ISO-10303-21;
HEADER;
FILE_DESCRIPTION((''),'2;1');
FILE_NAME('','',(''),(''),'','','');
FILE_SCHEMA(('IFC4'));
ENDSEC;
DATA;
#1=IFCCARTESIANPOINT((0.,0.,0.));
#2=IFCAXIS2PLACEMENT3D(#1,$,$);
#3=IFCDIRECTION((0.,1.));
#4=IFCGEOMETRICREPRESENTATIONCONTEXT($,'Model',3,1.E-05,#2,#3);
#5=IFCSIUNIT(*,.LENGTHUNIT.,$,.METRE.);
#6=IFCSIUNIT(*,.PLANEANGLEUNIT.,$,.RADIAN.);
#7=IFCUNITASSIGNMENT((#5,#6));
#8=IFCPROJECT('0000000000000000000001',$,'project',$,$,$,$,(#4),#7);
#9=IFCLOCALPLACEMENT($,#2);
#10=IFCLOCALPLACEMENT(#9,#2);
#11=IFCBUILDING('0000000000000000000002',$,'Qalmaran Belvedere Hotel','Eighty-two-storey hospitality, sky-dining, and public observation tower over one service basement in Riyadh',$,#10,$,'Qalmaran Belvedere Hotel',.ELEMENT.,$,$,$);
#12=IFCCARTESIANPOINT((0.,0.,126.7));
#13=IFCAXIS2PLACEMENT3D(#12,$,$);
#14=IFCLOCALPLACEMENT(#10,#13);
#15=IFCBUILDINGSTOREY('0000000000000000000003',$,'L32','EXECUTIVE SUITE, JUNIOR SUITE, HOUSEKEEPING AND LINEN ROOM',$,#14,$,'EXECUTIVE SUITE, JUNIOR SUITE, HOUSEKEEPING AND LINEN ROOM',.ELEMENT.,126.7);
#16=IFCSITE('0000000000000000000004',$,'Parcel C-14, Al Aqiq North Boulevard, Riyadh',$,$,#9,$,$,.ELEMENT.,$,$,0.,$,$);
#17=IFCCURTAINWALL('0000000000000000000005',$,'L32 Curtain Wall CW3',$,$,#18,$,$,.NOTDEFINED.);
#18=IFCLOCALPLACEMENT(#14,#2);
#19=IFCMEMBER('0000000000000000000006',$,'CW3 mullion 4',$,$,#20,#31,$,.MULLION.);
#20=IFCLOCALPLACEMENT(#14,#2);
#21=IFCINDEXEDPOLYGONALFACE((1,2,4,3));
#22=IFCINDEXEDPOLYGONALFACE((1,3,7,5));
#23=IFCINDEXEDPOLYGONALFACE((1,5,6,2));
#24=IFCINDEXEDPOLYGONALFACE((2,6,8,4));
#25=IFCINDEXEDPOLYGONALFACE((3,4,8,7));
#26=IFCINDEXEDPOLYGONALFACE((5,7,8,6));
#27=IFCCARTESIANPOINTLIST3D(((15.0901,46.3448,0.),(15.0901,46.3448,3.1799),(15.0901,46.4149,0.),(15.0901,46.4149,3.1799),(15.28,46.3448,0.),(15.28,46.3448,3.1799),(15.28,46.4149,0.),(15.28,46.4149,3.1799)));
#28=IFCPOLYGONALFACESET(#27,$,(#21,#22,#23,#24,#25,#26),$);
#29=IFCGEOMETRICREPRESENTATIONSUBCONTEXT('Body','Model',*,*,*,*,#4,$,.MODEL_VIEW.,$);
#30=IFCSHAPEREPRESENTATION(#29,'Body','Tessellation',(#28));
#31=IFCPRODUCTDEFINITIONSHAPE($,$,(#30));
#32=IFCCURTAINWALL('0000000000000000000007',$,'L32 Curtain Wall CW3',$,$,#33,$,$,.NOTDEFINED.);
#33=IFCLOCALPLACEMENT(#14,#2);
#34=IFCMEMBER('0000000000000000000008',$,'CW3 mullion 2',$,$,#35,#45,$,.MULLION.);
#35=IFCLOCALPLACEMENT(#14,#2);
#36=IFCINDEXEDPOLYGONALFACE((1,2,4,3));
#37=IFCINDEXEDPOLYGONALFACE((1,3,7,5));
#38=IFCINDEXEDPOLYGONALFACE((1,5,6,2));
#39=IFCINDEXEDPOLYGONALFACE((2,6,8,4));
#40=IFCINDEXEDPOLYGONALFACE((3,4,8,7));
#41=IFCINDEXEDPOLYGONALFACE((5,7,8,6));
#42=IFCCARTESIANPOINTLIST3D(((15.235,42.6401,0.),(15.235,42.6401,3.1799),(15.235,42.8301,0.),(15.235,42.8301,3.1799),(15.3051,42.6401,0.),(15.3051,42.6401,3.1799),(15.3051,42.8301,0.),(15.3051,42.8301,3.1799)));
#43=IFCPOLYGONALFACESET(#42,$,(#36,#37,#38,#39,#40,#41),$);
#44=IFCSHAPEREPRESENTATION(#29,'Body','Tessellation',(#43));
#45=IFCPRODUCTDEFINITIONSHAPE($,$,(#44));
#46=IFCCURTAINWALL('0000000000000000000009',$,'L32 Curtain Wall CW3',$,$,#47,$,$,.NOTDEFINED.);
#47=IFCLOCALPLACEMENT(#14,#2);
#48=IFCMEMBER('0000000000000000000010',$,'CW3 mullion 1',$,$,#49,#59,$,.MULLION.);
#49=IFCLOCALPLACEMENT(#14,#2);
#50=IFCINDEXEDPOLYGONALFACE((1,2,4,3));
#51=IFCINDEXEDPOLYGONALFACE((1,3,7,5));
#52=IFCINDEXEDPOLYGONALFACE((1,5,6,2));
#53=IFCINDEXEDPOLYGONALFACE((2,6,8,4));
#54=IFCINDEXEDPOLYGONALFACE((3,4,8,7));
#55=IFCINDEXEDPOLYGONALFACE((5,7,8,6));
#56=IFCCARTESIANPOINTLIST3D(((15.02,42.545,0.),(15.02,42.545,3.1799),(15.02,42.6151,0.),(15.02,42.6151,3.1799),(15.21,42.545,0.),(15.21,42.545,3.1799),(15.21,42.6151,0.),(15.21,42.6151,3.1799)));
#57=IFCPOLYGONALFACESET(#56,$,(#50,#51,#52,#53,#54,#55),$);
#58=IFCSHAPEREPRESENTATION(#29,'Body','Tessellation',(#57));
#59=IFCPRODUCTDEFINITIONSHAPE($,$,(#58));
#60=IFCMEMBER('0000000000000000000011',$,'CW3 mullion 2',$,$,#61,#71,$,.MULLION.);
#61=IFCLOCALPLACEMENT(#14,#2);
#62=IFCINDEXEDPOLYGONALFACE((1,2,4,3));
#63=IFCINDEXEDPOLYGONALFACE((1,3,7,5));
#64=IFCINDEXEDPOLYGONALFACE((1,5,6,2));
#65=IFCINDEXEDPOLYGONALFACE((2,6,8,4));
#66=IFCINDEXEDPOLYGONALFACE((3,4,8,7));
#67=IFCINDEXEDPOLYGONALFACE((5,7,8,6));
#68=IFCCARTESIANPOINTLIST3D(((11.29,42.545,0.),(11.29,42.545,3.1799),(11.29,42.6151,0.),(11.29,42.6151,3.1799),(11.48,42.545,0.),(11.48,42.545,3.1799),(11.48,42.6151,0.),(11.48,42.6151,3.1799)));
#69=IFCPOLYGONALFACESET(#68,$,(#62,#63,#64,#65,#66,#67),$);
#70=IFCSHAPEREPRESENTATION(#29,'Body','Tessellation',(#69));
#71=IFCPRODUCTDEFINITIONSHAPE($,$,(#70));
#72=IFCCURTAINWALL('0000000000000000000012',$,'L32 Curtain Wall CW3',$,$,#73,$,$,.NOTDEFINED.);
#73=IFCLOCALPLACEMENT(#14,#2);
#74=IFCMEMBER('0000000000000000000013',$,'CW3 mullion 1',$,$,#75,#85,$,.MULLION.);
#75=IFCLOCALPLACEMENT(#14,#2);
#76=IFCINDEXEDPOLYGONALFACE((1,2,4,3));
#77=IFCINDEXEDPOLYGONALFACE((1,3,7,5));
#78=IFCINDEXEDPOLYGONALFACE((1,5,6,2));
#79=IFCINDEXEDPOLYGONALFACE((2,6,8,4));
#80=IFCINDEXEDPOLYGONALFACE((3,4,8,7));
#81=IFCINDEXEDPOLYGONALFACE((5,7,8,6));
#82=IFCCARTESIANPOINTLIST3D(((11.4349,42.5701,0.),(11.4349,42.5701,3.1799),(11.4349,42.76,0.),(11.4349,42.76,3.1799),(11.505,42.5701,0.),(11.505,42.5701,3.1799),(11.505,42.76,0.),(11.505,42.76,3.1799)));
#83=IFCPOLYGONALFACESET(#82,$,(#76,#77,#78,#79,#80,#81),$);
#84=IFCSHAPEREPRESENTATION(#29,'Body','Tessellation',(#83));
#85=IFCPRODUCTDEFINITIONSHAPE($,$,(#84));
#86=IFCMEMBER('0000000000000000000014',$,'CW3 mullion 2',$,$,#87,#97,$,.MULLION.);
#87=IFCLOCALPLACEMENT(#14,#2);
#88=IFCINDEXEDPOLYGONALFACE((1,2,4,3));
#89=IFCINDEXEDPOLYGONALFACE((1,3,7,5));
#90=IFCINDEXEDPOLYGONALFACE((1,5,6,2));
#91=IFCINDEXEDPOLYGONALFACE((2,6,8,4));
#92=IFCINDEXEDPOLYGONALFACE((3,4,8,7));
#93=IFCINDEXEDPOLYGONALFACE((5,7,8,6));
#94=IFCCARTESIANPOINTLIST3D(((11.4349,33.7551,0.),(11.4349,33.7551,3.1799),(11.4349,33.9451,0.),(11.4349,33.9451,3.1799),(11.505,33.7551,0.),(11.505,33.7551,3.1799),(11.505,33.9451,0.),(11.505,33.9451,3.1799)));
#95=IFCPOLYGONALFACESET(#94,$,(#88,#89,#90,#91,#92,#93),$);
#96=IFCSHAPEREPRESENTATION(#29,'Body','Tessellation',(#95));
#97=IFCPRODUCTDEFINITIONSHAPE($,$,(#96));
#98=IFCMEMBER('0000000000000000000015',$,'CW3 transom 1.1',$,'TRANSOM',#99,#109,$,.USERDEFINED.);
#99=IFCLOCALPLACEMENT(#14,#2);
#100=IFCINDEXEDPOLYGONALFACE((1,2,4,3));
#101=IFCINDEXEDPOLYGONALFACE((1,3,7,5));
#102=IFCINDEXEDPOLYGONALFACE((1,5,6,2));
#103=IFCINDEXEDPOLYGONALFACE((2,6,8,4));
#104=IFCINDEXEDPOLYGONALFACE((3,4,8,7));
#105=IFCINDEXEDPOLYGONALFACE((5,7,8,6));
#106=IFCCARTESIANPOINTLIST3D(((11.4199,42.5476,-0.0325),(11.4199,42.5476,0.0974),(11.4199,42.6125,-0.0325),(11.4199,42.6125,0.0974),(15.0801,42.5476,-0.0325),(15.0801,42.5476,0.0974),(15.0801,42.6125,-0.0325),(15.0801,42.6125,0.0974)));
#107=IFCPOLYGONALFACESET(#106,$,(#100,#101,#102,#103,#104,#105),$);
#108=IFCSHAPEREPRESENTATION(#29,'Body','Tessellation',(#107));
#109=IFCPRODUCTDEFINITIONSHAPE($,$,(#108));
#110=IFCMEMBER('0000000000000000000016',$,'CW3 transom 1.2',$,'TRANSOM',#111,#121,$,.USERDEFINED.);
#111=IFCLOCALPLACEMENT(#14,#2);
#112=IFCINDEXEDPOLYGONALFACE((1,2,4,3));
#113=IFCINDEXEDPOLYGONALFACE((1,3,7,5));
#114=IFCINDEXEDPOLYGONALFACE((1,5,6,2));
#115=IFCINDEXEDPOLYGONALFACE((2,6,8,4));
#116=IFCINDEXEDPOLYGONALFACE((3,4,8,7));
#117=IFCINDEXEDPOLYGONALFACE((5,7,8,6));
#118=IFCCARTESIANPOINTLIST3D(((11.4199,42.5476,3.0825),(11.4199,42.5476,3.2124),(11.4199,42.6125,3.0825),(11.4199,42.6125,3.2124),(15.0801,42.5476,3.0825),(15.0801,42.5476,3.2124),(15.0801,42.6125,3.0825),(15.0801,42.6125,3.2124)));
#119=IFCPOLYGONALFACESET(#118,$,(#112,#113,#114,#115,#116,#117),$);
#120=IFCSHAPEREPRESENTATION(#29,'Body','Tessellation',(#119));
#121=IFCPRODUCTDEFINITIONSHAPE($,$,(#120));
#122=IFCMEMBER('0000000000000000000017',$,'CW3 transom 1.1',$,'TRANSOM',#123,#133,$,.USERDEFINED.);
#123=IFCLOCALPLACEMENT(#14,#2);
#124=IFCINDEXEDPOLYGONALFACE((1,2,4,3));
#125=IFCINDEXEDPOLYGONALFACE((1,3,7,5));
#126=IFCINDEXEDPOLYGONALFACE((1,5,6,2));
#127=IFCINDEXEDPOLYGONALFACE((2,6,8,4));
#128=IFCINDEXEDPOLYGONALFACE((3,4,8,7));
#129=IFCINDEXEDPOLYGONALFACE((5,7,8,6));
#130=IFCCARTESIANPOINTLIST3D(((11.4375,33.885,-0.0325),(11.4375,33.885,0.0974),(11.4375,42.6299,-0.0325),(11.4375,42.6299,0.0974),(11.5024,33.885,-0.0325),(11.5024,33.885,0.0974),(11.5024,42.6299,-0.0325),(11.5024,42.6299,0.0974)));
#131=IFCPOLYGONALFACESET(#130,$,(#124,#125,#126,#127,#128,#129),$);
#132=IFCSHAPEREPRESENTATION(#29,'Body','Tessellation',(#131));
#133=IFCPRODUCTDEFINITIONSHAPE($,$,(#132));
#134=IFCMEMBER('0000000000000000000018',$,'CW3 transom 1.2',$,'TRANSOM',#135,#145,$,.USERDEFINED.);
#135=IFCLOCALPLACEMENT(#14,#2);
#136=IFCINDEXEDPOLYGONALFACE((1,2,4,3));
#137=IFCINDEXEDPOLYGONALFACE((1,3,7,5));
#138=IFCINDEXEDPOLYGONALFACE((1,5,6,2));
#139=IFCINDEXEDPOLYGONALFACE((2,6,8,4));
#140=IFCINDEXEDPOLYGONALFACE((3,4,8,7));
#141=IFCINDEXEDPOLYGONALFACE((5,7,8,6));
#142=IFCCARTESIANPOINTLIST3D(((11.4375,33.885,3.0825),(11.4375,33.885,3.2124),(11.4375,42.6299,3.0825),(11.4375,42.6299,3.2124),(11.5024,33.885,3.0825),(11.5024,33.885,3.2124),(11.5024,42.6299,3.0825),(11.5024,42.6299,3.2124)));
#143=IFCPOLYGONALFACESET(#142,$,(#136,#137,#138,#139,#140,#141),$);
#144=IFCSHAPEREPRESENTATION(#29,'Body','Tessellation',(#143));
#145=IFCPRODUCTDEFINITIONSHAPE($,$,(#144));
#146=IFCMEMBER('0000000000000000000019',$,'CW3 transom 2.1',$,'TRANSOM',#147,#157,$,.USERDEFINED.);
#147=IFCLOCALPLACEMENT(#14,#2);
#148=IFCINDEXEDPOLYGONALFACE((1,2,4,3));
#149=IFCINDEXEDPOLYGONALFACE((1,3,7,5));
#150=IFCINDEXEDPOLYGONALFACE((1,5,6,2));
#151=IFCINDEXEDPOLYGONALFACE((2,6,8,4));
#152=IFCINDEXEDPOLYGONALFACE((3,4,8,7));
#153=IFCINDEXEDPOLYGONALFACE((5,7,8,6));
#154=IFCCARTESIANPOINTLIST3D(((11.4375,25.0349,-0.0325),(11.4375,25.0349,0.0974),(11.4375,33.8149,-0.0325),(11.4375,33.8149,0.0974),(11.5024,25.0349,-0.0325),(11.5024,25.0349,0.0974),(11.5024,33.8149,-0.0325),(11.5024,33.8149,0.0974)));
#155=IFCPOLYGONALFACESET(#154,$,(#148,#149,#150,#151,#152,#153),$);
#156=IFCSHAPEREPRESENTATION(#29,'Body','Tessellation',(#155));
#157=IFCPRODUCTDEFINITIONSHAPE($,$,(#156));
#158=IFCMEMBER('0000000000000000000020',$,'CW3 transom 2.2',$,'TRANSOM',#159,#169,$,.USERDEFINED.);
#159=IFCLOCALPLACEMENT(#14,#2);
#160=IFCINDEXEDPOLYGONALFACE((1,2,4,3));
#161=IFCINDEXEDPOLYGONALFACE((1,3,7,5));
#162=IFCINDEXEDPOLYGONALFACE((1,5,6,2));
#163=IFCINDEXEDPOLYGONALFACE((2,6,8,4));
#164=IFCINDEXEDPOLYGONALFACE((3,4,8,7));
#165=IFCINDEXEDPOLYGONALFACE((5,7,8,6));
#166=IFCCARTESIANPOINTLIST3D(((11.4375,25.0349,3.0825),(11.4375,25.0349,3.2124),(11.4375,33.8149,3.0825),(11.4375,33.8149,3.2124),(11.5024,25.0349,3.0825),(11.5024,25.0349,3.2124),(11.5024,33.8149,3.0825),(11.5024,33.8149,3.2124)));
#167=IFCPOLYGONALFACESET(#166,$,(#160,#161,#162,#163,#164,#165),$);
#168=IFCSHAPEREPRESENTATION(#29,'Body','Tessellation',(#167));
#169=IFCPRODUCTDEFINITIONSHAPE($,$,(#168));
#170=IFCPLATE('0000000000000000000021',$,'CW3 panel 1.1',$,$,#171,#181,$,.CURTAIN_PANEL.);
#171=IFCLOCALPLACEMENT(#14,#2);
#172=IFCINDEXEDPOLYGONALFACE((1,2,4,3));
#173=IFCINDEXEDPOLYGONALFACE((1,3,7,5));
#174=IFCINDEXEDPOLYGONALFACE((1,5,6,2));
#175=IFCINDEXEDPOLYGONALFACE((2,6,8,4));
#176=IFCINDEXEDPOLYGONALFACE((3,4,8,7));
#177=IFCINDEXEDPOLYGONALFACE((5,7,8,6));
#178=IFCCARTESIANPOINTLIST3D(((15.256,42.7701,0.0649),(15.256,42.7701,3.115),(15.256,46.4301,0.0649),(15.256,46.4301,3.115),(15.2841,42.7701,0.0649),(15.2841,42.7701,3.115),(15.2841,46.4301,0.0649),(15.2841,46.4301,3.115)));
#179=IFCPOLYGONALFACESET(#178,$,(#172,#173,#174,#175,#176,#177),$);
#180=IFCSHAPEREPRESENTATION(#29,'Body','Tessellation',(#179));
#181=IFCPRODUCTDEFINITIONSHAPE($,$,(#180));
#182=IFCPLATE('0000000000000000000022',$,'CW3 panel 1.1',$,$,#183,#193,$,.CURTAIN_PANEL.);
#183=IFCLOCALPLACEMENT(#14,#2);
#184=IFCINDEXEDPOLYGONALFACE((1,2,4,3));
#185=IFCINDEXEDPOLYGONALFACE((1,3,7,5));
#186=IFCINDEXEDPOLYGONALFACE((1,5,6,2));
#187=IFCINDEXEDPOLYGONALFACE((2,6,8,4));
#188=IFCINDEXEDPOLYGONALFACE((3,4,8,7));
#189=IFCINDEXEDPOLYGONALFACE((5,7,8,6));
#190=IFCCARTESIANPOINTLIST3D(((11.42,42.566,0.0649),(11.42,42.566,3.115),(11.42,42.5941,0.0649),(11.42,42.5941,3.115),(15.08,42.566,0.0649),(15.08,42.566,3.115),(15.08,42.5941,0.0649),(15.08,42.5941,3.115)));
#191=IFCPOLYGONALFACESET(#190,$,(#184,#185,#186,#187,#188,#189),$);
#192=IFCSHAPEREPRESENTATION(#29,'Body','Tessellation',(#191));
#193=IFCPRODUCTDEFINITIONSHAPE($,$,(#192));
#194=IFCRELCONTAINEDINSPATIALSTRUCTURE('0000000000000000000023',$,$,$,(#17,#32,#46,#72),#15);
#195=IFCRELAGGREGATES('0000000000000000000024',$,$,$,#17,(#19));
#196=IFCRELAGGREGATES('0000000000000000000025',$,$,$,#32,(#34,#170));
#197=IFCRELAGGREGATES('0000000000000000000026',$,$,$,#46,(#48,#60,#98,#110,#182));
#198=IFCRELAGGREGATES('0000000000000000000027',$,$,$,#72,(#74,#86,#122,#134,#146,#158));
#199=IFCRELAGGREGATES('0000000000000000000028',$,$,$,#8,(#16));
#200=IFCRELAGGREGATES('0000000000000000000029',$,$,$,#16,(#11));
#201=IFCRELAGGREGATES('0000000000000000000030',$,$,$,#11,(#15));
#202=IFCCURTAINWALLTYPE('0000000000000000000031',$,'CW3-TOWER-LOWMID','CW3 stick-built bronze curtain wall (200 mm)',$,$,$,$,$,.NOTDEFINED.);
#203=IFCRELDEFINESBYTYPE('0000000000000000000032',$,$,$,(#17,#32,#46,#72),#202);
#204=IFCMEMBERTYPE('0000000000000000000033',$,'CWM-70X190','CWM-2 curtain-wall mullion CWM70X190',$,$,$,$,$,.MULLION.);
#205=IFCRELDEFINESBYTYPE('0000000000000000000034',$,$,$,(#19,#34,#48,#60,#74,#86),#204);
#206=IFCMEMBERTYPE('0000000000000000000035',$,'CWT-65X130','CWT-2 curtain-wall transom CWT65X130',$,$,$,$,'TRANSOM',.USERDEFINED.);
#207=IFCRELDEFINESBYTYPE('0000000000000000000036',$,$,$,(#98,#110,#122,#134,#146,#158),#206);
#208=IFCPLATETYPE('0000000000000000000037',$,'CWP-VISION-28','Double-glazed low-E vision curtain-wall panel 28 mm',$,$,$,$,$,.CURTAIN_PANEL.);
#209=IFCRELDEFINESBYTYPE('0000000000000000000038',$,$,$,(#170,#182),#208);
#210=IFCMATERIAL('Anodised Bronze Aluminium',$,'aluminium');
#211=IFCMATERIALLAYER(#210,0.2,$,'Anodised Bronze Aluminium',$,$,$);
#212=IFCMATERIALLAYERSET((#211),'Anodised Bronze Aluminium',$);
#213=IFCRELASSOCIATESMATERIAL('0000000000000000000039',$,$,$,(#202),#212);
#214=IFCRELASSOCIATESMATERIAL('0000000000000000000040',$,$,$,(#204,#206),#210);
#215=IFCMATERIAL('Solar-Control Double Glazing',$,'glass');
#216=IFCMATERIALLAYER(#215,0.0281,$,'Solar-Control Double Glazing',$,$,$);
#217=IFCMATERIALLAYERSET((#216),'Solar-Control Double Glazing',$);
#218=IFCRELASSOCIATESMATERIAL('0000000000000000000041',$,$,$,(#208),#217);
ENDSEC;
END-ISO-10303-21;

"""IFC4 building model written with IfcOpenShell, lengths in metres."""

from ifc_helpers import new_model, si_unit, direction, frame, origin, origin_2d, place, context, subcontext, project, spatial, rectangle, extrude, material, layer, layer_set, material_profile, profile_set, type_object, element, aggregate, save


model = new_model("IFC4")

# Units and contexts
model_context = context("Model", 3, precision=1e-05, world=origin(), true_north=direction((0.0, 1.0)))
body_context = subcontext(model_context, "Body", "Model", "MODEL_VIEW")
ifc_project = project(units=[si_unit("LENGTHUNIT", "METRE"), si_unit("PLANEANGLEUNIT", "RADIAN")], contexts=[model_context])

# Site, building, storey
site_placement = place(None, origin())
site = spatial("IfcSite", under=ifc_project, at=site_placement, Name="Parcel C-14, Al Aqiq North Boulevard, Riyadh", CompositionType="ELEMENT", RefElevation=0.0)
building_placement = place(site_placement, origin())
building = spatial("IfcBuilding", under=site, at=building_placement, Name="Qalmaran Belvedere Hotel", Description="Eighty-two-storey hospitality, sky-dining, and public observation tower over one service basement in Riyadh", LongName="Qalmaran Belvedere Hotel", CompositionType="ELEMENT")
storey_placement = place(building_placement, frame((0.0, 0.0, 126.7)))
storey = spatial("IfcBuildingStorey", under=building, at=storey_placement, Name="L32", Description="EXECUTIVE SUITE, JUNIOR SUITE, HOUSEKEEPING AND LINEN ROOM", LongName="EXECUTIVE SUITE, JUNIOR SUITE, HOUSEKEEPING AND LINEN ROOM", CompositionType="ELEMENT", Elevation=126.7)

# Curtain walls, members
ifc_material_1 = material(Name="Anodised Bronze Aluminium", Category="aluminium")
ifc_layer_1 = layer(ifc_material_1, 0.2, Name="Anodised Bronze Aluminium")
ifc_layer_set_1 = layer_set([ifc_layer_1], Name="Anodised Bronze Aluminium")
curtain_wall_type = type_object("IfcCurtainWallType", Name="CW3-TOWER-LOWMID", Description="CW3 stick-built bronze curtain wall (200 mm)", PredefinedType="NOTDEFINED", material=ifc_layer_set_1)
curtain_wall_1_placement = place(storey_placement, origin())
curtain_wall_1 = element("IfcCurtainWall", 1, at=curtain_wall_1_placement, inside=storey, type_object=curtain_wall_type, Name="L32 Curtain Wall CW3", PredefinedType="NOTDEFINED")
ifc_material_profile_1 = material_profile(ifc_material_1, rectangle(XDim=0.0701, YDim=0.1899, at=origin_2d()), Name="CWM70X190")
ifc_profile_set_1 = profile_set([ifc_material_profile_1], Name="Anodised Bronze Aluminium")
member_type_1 = type_object("IfcMemberType", Name="CWM-70X190", Description="CWM-2 curtain-wall mullion CWM70X190", PredefinedType="MULLION", material=ifc_profile_set_1)
member_1_placement = place(storey_placement, frame((15.1851, 46.3799, 0.0), z_axis=(0.0, 0.0, 1.0), x_axis=(0.0, -1.0, 0.0)))
member_1 = element("IfcMember", 2, at=member_1_placement, type_object=member_type_1, Name="CW3 mullion 4", PredefinedType="MULLION", context=body_context, shape_type="SweptSolid", body=[
    extrude(rectangle(XDim=0.0701, YDim=0.1899, at=origin_2d()), origin(), (0.0, 0.0, 1.0), 3.1799),
])
aggregate(curtain_wall_1, [member_1])
curtain_wall_2_placement = place(storey_placement, origin())
curtain_wall_2 = element("IfcCurtainWall", 3, at=curtain_wall_2_placement, inside=storey, type_object=curtain_wall_type, Name="L32 Curtain Wall CW3", PredefinedType="NOTDEFINED")
member_2_placement = place(storey_placement, frame((15.27, 42.7351, 0.0), z_axis=(0.0, 0.0, 1.0), x_axis=(1.0, 0.0, 0.0)))
member_2 = element("IfcMember", 4, at=member_2_placement, type_object=member_type_1, Name="CW3 mullion 2", PredefinedType="MULLION", context=body_context, shape_type="SweptSolid", body=[
    extrude(rectangle(XDim=0.0701, YDim=0.1899, at=origin_2d()), origin(), (0.0, 0.0, 1.0), 3.1799),
])

# Curtain walls, members
curtain_wall_3_placement = place(storey_placement, origin())
curtain_wall_3 = element("IfcCurtainWall", 5, at=curtain_wall_3_placement, inside=storey, type_object=curtain_wall_type, Name="L32 Curtain Wall CW3", PredefinedType="NOTDEFINED")
member_3_placement = place(storey_placement, frame((15.115, 42.5801, 0.0), z_axis=(0.0, 0.0, 1.0), x_axis=(0.0, -1.0, 0.0)))
member_3 = element("IfcMember", 6, at=member_3_placement, type_object=member_type_1, Name="CW3 mullion 1", PredefinedType="MULLION", context=body_context, shape_type="SweptSolid", body=[
    extrude(rectangle(XDim=0.0701, YDim=0.1899, at=origin_2d()), origin(), (0.0, 0.0, 1.0), 3.1799),
])
member_4_placement = place(storey_placement, frame((11.385, 42.5801, 0.0), z_axis=(0.0, 0.0, 1.0), x_axis=(0.0, -1.0, 0.0)))
member_4 = element("IfcMember", 7, at=member_4_placement, type_object=member_type_1, Name="CW3 mullion 2", PredefinedType="MULLION", context=body_context, shape_type="SweptSolid", body=[
    extrude(rectangle(XDim=0.0701, YDim=0.1899, at=origin_2d()), origin(), (0.0, 0.0, 1.0), 3.1799),
])
curtain_wall_4_placement = place(storey_placement, origin())
curtain_wall_4 = element("IfcCurtainWall", 8, at=curtain_wall_4_placement, inside=storey, type_object=curtain_wall_type, Name="L32 Curtain Wall CW3", PredefinedType="NOTDEFINED")
member_5_placement = place(storey_placement, frame((11.47, 42.665, 0.0), z_axis=(0.0, 0.0, 1.0), x_axis=(1.0, 0.0, 0.0)))
member_5 = element("IfcMember", 9, at=member_5_placement, type_object=member_type_1, Name="CW3 mullion 1", PredefinedType="MULLION", context=body_context, shape_type="SweptSolid", body=[
    extrude(rectangle(XDim=0.0701, YDim=0.1899, at=origin_2d()), origin(), (0.0, 0.0, 1.0), 3.1799),
])
member_6_placement = place(storey_placement, frame((11.47, 33.8501, 0.0), z_axis=(0.0, 0.0, 1.0), x_axis=(1.0, 0.0, 0.0)))
member_6 = element("IfcMember", 10, at=member_6_placement, type_object=member_type_1, Name="CW3 mullion 2", PredefinedType="MULLION", context=body_context, shape_type="SweptSolid", body=[
    extrude(rectangle(XDim=0.0701, YDim=0.1899, at=origin_2d()), origin(), (0.0, 0.0, 1.0), 3.1799),
])

# Members
ifc_material_profile_2 = material_profile(ifc_material_1, rectangle(XDim=0.0649, YDim=0.1299, at=origin_2d()), Name="CWT65X130")
ifc_profile_set_2 = profile_set([ifc_material_profile_2], Name="Anodised Bronze Aluminium")
member_type_2 = type_object("IfcMemberType", Name="CWT-65X130", Description="CWT-2 curtain-wall transom CWT65X130", ElementType="TRANSOM", PredefinedType="USERDEFINED", material=ifc_profile_set_2)
member_7_placement = place(storey_placement, frame((15.0801, 42.5801, 0.0325), z_axis=(-1.0, 0.0, 0.0), x_axis=(0.0, -1.0, 0.0)))
member_7 = element("IfcMember", 11, at=member_7_placement, type_object=member_type_2, Name="CW3 transom 1.1", ObjectType="TRANSOM", PredefinedType="USERDEFINED", context=body_context, shape_type="SweptSolid", body=[
    extrude(rectangle(XDim=0.0649, YDim=0.1299, at=origin_2d()), origin(), (0.0, 0.0, 1.0), 3.6602),
])
member_8_placement = place(storey_placement, frame((15.0801, 42.5801, 3.1475), z_axis=(-1.0, 0.0, 0.0), x_axis=(0.0, -1.0, 0.0)))
member_8 = element("IfcMember", 12, at=member_8_placement, type_object=member_type_2, Name="CW3 transom 1.2", ObjectType="TRANSOM", PredefinedType="USERDEFINED", context=body_context, shape_type="SweptSolid", body=[
    extrude(rectangle(XDim=0.0649, YDim=0.1299, at=origin_2d()), origin(), (0.0, 0.0, 1.0), 3.6602),
])
member_9_placement = place(storey_placement, frame((11.47, 42.6299, 0.0325), z_axis=(0.0, -1.0, 0.0), x_axis=(1.0, 0.0, 0.0)))
member_9 = element("IfcMember", 13, at=member_9_placement, type_object=member_type_2, Name="CW3 transom 1.1", ObjectType="TRANSOM", PredefinedType="USERDEFINED", context=body_context, shape_type="SweptSolid", body=[
    extrude(rectangle(XDim=0.0649, YDim=0.1299, at=origin_2d()), origin(), (0.0, 0.0, 1.0), 8.7449),
])
member_10_placement = place(storey_placement, frame((11.47, 42.6299, 3.1475), z_axis=(0.0, -1.0, 0.0), x_axis=(1.0, 0.0, 0.0)))
member_10 = element("IfcMember", 14, at=member_10_placement, type_object=member_type_2, Name="CW3 transom 1.2", ObjectType="TRANSOM", PredefinedType="USERDEFINED", context=body_context, shape_type="SweptSolid", body=[
    extrude(rectangle(XDim=0.0649, YDim=0.1299, at=origin_2d()), origin(), (0.0, 0.0, 1.0), 8.7449),
])
member_11_placement = place(storey_placement, frame((11.47, 33.8149, 0.0325), z_axis=(0.0, -1.0, 0.0), x_axis=(1.0, 0.0, 0.0)))
member_11 = element("IfcMember", 15, at=member_11_placement, type_object=member_type_2, Name="CW3 transom 2.1", ObjectType="TRANSOM", PredefinedType="USERDEFINED", context=body_context, shape_type="SweptSolid", body=[
    extrude(rectangle(XDim=0.0649, YDim=0.1299, at=origin_2d()), origin(), (0.0, 0.0, 1.0), 8.78),
])
member_12_placement = place(storey_placement, frame((11.47, 33.8149, 3.1475), z_axis=(0.0, -1.0, 0.0), x_axis=(1.0, 0.0, 0.0)))
member_12 = element("IfcMember", 16, at=member_12_placement, type_object=member_type_2, Name="CW3 transom 2.2", ObjectType="TRANSOM", PredefinedType="USERDEFINED", context=body_context, shape_type="SweptSolid", body=[
    extrude(rectangle(XDim=0.0649, YDim=0.1299, at=origin_2d()), origin(), (0.0, 0.0, 1.0), 8.78),
])

# Plates
ifc_material_2 = material(Name="Solar-Control Double Glazing", Category="glass")
ifc_layer_2 = layer(ifc_material_2, 0.0281, Name="Solar-Control Double Glazing")
ifc_layer_set_2 = layer_set([ifc_layer_2], Name="Solar-Control Double Glazing")
plate_type = type_object("IfcPlateType", Name="CWP-VISION-28", Description="Double-glazed low-E vision curtain-wall panel 28 mm", PredefinedType="CURTAIN_PANEL", material=ifc_layer_set_2)
plate_1_placement = place(storey_placement, frame((15.27, 44.6001, 0.0649), z_axis=(0.0, 0.0, 1.0), x_axis=(0.0, -1.0, 0.0)))
plate_1 = element("IfcPlate", 17, at=plate_1_placement, type_object=plate_type, Name="CW3 panel 1.1", PredefinedType="CURTAIN_PANEL", context=body_context, shape_type="SweptSolid", body=[
    extrude(rectangle(XDim=3.6599, YDim=0.0281, at=origin_2d()), origin(), (0.0, 0.0, 1.0), 3.05),
])
aggregate(curtain_wall_2, [member_2, plate_1])
plate_2_placement = place(storey_placement, frame((13.25, 42.5801, 0.0649), z_axis=(0.0, 0.0, 1.0), x_axis=(-1.0, 0.0, 0.0)))
plate_2 = element("IfcPlate", 18, at=plate_2_placement, type_object=plate_type, Name="CW3 panel 1.1", PredefinedType="CURTAIN_PANEL", context=body_context, shape_type="SweptSolid", body=[
    extrude(rectangle(XDim=3.6599, YDim=0.0281, at=origin_2d()), origin(), (0.0, 0.0, 1.0), 3.05),
])
aggregate(curtain_wall_3, [member_3, member_4, member_7, member_8, plate_2])
aggregate(curtain_wall_4, [member_5, member_6, member_9, member_10, member_11, member_12])

save(model, "model.ifc")
